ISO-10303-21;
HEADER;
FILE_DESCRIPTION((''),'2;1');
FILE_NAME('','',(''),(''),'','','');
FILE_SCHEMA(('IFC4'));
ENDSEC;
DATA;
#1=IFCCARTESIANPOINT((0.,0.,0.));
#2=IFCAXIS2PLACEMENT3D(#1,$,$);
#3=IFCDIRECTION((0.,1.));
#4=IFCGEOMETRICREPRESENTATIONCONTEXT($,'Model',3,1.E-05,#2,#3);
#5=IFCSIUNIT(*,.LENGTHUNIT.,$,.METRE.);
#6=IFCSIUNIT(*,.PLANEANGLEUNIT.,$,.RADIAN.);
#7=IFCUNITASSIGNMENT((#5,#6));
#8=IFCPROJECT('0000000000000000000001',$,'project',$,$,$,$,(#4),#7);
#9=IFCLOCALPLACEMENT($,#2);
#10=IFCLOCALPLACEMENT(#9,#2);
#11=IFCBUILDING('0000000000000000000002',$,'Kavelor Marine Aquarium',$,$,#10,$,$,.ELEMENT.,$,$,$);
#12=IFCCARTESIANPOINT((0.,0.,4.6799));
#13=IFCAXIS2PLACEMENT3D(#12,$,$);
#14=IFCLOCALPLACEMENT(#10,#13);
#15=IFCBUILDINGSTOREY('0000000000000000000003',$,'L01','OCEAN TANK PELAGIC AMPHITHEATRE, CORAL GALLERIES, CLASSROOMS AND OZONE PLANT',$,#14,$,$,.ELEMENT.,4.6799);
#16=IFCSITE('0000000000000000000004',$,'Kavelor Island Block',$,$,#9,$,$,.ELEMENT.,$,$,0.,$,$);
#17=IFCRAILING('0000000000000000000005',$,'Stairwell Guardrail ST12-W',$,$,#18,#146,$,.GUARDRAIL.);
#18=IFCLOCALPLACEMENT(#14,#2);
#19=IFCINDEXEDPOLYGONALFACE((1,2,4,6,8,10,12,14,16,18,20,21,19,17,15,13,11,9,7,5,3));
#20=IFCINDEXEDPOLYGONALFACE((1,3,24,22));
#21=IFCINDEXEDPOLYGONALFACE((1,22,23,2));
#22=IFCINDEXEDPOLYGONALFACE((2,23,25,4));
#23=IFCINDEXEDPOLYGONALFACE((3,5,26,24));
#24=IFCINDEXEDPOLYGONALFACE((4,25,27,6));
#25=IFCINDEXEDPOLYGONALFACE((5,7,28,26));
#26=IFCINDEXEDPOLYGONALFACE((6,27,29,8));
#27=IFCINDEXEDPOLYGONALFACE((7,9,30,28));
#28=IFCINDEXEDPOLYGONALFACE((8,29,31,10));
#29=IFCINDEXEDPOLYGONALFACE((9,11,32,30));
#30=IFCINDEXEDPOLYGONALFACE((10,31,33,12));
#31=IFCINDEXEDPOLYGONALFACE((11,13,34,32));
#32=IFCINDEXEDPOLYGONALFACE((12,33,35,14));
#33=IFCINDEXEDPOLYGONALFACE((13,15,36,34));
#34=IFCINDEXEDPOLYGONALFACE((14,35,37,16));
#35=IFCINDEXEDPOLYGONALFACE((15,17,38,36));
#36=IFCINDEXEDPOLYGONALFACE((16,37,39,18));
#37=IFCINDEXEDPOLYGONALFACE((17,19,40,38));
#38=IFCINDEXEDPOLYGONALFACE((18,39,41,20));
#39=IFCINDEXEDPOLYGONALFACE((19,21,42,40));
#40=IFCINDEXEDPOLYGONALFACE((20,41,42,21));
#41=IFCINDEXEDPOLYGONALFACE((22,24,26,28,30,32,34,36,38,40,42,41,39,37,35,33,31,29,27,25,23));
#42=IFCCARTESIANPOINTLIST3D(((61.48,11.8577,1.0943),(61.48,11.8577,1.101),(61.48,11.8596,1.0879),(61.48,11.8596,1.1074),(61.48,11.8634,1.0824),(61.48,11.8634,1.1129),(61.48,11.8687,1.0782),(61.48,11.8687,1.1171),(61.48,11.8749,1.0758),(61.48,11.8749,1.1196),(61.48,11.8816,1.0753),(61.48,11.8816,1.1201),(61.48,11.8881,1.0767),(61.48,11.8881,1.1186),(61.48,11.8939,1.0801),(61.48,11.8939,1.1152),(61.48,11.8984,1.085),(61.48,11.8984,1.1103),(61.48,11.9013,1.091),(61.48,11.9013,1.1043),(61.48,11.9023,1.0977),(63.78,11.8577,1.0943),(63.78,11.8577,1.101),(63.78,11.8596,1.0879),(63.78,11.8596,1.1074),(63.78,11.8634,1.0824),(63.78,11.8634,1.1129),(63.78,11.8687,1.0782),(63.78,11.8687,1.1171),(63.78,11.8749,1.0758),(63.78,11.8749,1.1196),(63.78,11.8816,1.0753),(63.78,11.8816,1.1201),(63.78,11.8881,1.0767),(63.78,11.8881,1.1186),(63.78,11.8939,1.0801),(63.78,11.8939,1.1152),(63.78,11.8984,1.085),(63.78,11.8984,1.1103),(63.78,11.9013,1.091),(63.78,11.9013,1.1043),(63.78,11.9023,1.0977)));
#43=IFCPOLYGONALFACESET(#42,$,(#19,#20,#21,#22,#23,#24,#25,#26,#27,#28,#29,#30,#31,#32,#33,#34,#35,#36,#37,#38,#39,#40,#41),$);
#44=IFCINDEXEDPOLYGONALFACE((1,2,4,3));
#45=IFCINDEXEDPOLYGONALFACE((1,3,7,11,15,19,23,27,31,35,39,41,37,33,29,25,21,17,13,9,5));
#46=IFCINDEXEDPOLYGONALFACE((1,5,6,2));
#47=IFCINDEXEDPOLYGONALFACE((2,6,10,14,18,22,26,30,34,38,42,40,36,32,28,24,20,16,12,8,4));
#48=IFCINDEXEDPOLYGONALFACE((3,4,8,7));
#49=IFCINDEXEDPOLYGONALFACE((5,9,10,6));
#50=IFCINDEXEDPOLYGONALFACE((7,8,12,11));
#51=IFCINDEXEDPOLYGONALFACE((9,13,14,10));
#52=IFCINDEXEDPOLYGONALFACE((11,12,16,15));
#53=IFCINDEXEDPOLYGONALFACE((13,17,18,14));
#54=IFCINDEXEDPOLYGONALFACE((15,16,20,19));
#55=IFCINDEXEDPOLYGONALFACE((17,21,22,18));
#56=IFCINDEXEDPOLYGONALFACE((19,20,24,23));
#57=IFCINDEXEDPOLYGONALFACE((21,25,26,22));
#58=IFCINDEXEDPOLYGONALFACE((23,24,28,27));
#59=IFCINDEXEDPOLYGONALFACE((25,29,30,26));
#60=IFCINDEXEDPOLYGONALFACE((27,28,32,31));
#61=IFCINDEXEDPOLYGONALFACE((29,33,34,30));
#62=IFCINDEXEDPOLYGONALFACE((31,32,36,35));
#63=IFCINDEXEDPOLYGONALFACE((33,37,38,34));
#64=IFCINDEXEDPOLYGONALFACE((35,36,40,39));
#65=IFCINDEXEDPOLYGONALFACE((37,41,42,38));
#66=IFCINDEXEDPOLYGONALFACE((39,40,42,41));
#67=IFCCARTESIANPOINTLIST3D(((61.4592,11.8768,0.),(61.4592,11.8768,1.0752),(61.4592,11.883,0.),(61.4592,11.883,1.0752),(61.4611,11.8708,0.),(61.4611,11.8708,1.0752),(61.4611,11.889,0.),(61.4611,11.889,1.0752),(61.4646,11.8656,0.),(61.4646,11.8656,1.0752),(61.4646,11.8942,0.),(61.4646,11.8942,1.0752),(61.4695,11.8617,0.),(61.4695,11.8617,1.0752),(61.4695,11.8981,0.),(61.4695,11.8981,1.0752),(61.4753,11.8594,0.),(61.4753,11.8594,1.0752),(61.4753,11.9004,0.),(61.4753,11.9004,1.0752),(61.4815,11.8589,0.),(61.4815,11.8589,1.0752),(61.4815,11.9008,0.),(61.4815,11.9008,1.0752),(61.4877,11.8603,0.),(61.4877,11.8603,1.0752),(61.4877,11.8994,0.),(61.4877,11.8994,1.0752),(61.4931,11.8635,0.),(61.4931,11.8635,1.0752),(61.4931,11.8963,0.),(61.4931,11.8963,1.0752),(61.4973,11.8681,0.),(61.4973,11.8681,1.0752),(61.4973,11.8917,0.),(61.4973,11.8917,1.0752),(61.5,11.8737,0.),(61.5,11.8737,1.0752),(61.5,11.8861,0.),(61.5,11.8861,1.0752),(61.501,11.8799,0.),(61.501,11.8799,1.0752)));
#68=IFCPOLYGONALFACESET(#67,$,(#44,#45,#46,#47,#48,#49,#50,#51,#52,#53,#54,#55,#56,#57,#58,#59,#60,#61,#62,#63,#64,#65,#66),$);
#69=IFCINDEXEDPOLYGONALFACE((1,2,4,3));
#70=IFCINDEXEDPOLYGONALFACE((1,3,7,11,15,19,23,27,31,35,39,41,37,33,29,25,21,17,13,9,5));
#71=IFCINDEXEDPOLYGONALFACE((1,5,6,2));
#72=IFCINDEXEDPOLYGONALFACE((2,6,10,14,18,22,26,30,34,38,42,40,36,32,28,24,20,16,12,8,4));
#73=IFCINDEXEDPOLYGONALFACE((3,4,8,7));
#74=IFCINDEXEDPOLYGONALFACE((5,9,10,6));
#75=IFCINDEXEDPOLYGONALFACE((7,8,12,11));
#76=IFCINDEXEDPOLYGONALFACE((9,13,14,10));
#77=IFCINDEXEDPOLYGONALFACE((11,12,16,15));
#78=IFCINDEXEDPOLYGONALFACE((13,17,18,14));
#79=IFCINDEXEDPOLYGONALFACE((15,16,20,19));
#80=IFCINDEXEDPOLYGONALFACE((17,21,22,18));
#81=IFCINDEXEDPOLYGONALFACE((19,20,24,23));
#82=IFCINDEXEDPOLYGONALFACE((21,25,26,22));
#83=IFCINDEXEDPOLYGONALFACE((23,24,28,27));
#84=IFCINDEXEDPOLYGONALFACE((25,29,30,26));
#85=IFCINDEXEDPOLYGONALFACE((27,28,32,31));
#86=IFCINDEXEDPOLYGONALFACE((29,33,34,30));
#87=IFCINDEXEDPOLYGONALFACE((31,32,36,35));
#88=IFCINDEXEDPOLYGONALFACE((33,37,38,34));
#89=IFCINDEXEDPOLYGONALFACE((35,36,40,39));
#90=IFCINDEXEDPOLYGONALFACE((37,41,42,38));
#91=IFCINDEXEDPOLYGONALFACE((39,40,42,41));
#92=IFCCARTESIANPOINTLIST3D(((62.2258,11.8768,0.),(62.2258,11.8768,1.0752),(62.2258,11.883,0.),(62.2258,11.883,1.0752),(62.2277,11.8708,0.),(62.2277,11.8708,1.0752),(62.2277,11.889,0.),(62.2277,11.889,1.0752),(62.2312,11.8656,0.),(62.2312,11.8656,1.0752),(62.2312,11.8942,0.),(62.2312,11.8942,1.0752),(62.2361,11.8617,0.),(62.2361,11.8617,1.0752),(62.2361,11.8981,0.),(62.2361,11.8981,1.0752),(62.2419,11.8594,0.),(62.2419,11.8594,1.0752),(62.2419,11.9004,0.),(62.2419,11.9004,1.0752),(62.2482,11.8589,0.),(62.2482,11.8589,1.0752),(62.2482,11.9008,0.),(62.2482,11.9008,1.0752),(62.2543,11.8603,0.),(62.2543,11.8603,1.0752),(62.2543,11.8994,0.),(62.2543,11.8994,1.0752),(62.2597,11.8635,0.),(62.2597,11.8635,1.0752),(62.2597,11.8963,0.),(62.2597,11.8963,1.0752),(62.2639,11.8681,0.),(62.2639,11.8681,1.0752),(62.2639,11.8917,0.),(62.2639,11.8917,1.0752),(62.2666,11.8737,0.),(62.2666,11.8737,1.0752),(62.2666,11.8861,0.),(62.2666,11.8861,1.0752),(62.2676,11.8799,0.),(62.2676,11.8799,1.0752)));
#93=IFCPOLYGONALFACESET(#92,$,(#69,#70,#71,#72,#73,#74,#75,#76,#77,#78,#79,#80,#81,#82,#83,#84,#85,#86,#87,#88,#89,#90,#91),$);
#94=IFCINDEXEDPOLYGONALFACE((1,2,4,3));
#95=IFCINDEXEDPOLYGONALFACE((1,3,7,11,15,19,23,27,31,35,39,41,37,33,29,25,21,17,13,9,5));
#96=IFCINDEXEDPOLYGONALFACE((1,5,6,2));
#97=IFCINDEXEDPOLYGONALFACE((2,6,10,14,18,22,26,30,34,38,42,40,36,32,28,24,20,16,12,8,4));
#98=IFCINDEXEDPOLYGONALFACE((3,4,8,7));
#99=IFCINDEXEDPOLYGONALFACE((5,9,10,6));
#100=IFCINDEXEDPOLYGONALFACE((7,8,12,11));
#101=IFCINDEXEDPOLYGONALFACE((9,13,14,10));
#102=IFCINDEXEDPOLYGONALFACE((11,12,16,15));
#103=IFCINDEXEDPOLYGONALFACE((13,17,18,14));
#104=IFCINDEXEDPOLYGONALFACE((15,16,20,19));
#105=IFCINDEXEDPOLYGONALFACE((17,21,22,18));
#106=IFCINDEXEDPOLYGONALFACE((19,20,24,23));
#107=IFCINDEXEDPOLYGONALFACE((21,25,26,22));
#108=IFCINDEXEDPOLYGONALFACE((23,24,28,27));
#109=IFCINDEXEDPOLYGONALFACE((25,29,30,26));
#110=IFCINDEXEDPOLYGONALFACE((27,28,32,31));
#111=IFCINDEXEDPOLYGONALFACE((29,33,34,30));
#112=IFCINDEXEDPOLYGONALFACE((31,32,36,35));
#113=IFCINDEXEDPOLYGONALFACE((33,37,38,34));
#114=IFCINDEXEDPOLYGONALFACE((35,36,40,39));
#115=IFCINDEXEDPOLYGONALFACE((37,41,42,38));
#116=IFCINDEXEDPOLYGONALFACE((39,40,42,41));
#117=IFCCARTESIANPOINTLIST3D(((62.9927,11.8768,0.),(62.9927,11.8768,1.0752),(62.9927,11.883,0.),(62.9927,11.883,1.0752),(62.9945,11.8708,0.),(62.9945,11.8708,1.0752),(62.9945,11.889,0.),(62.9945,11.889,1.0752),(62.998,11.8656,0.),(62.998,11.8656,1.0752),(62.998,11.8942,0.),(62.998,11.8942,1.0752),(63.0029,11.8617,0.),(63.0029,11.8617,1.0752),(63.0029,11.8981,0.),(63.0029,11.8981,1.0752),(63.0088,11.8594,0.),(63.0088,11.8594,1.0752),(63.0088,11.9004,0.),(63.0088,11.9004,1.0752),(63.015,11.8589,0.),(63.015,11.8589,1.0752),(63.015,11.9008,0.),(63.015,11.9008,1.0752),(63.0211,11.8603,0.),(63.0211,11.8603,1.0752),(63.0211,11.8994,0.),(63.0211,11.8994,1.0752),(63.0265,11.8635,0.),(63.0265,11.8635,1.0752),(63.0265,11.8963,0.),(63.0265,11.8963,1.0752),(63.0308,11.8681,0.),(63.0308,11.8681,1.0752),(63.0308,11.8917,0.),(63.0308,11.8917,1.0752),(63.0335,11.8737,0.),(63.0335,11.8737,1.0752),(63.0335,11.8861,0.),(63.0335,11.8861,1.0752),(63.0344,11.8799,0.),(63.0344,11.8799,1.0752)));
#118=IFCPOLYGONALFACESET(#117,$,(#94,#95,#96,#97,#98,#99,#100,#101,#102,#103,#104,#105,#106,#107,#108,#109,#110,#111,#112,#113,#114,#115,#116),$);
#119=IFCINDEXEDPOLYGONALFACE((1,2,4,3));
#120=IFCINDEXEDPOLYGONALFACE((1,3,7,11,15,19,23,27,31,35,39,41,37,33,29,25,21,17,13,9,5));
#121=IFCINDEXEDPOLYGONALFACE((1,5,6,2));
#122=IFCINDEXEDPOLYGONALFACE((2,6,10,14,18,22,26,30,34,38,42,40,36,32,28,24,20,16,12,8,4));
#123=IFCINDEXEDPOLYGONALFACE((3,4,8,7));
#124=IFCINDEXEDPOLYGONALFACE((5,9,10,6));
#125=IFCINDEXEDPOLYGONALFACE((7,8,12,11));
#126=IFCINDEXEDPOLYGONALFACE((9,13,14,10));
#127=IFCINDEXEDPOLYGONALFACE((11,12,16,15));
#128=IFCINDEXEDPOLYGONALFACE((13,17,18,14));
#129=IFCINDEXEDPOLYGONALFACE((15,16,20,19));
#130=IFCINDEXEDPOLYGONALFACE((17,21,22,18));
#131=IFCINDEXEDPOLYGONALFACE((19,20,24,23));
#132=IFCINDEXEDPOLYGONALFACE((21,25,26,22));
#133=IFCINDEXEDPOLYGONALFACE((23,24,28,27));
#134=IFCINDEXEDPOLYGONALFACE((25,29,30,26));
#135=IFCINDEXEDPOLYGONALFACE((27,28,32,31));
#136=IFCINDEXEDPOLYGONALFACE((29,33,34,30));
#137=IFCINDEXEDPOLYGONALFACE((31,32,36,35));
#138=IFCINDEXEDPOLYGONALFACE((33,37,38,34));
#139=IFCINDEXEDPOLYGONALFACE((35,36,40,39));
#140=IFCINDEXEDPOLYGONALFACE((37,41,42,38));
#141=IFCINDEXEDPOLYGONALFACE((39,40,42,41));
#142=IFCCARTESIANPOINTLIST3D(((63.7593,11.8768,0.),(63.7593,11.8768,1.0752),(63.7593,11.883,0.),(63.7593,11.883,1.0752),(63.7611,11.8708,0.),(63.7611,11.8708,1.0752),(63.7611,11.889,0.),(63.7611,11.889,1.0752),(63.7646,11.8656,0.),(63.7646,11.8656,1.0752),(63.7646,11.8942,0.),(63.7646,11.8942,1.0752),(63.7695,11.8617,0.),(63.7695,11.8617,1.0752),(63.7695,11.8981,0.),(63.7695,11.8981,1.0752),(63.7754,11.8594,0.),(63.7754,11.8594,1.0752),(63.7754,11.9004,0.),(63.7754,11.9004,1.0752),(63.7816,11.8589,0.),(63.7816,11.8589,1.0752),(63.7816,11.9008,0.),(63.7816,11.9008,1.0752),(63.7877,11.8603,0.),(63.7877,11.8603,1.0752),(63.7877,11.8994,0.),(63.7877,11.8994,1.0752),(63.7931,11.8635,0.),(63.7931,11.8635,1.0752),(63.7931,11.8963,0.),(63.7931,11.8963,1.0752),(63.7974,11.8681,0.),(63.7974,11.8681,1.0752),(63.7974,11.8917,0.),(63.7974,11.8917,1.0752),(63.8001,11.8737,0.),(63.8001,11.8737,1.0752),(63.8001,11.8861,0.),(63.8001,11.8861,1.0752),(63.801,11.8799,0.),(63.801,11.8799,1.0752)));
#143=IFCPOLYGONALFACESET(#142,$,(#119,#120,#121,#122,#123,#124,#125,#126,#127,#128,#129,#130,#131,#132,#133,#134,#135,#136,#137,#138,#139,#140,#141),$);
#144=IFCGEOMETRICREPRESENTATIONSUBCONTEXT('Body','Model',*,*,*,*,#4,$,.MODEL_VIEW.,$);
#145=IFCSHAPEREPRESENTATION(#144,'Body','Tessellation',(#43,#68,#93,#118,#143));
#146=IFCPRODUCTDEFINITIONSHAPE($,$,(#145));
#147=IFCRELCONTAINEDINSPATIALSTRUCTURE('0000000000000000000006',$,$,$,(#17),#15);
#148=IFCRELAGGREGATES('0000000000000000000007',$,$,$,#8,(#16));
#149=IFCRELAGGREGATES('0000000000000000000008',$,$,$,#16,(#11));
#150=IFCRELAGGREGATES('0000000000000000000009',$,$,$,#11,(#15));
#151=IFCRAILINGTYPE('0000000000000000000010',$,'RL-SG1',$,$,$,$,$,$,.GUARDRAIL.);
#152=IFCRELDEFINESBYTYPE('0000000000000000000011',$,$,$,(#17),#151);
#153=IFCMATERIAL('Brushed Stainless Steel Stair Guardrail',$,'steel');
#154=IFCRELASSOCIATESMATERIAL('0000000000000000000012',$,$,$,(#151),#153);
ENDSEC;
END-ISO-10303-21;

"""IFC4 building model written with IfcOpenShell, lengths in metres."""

from ifc_helpers import new_model, si_unit, direction, frame, origin, origin_2d, place, context, subcontext, project, spatial, circle, extrude, material, type_object, element, save


model = new_model("IFC4")

# Units and contexts
model_context = context("Model", 3, precision=1e-05, world=origin(), true_north=direction((0.0, 1.0)))
body_context = subcontext(model_context, "Body", "Model", "MODEL_VIEW")
ifc_project = project(units=[si_unit("LENGTHUNIT", "METRE"), si_unit("PLANEANGLEUNIT", "RADIAN")], contexts=[model_context])

# Site, building, storey
site_placement = place(None, origin())
site = spatial("IfcSite", under=ifc_project, at=site_placement, Name="Kavelor Island Block", CompositionType="ELEMENT", RefElevation=0.0)
building_placement = place(site_placement, origin())
building = spatial("IfcBuilding", under=site, at=building_placement, Name="Kavelor Marine Aquarium", CompositionType="ELEMENT")
storey_placement = place(building_placement, frame((0.0, 0.0, 4.6799)))
storey = spatial("IfcBuildingStorey", under=building, at=storey_placement, Name="L01", Description="OCEAN TANK PELAGIC AMPHITHEATRE, CORAL GALLERIES, CLASSROOMS AND OZONE PLANT", CompositionType="ELEMENT", Elevation=4.6799)

# Railing
ifc_material_1 = material(Name="Brushed Stainless Steel Stair Guardrail", Category="steel")
railing_type_1 = type_object("IfcRailingType", Name="RL-SG1", PredefinedType="GUARDRAIL", material=ifc_material_1)
railing_1_placement = place(storey_placement, frame((61.48, 11.8799, 0.0)))
element("IfcRailing", 1, at=railing_1_placement, inside=storey, type_object=railing_type_1, Name="Stairwell Guardrail ST12-W", PredefinedType="GUARDRAIL", context=body_context, shape_type="SweptSolid", body=[
    extrude(circle(Radius=0.0225, at=origin_2d()), frame((0.0, 0.0, 1.0977), z_axis=(1.0, 0.0, 0.0), x_axis=(0.0, 1.0, 0.0)), (0.0, 0.0, 1.0), 2.3),
    extrude(circle(Radius=0.021, at=origin_2d()), origin(), (0.0, 0.0, 1.0), 1.0752),
    extrude(circle(Radius=0.021, at=origin_2d()), frame((0.7666, 0.0, 0.0)), (0.0, 0.0, 1.0), 1.0752),
    extrude(circle(Radius=0.021, at=origin_2d()), frame((1.5334, 0.0, 0.0)), (0.0, 0.0, 1.0), 1.0752),
    extrude(circle(Radius=0.021, at=origin_2d()), frame((2.3, 0.0, 0.0)), (0.0, 0.0, 1.0), 1.0752),
])

save(model, "model.ifc")
